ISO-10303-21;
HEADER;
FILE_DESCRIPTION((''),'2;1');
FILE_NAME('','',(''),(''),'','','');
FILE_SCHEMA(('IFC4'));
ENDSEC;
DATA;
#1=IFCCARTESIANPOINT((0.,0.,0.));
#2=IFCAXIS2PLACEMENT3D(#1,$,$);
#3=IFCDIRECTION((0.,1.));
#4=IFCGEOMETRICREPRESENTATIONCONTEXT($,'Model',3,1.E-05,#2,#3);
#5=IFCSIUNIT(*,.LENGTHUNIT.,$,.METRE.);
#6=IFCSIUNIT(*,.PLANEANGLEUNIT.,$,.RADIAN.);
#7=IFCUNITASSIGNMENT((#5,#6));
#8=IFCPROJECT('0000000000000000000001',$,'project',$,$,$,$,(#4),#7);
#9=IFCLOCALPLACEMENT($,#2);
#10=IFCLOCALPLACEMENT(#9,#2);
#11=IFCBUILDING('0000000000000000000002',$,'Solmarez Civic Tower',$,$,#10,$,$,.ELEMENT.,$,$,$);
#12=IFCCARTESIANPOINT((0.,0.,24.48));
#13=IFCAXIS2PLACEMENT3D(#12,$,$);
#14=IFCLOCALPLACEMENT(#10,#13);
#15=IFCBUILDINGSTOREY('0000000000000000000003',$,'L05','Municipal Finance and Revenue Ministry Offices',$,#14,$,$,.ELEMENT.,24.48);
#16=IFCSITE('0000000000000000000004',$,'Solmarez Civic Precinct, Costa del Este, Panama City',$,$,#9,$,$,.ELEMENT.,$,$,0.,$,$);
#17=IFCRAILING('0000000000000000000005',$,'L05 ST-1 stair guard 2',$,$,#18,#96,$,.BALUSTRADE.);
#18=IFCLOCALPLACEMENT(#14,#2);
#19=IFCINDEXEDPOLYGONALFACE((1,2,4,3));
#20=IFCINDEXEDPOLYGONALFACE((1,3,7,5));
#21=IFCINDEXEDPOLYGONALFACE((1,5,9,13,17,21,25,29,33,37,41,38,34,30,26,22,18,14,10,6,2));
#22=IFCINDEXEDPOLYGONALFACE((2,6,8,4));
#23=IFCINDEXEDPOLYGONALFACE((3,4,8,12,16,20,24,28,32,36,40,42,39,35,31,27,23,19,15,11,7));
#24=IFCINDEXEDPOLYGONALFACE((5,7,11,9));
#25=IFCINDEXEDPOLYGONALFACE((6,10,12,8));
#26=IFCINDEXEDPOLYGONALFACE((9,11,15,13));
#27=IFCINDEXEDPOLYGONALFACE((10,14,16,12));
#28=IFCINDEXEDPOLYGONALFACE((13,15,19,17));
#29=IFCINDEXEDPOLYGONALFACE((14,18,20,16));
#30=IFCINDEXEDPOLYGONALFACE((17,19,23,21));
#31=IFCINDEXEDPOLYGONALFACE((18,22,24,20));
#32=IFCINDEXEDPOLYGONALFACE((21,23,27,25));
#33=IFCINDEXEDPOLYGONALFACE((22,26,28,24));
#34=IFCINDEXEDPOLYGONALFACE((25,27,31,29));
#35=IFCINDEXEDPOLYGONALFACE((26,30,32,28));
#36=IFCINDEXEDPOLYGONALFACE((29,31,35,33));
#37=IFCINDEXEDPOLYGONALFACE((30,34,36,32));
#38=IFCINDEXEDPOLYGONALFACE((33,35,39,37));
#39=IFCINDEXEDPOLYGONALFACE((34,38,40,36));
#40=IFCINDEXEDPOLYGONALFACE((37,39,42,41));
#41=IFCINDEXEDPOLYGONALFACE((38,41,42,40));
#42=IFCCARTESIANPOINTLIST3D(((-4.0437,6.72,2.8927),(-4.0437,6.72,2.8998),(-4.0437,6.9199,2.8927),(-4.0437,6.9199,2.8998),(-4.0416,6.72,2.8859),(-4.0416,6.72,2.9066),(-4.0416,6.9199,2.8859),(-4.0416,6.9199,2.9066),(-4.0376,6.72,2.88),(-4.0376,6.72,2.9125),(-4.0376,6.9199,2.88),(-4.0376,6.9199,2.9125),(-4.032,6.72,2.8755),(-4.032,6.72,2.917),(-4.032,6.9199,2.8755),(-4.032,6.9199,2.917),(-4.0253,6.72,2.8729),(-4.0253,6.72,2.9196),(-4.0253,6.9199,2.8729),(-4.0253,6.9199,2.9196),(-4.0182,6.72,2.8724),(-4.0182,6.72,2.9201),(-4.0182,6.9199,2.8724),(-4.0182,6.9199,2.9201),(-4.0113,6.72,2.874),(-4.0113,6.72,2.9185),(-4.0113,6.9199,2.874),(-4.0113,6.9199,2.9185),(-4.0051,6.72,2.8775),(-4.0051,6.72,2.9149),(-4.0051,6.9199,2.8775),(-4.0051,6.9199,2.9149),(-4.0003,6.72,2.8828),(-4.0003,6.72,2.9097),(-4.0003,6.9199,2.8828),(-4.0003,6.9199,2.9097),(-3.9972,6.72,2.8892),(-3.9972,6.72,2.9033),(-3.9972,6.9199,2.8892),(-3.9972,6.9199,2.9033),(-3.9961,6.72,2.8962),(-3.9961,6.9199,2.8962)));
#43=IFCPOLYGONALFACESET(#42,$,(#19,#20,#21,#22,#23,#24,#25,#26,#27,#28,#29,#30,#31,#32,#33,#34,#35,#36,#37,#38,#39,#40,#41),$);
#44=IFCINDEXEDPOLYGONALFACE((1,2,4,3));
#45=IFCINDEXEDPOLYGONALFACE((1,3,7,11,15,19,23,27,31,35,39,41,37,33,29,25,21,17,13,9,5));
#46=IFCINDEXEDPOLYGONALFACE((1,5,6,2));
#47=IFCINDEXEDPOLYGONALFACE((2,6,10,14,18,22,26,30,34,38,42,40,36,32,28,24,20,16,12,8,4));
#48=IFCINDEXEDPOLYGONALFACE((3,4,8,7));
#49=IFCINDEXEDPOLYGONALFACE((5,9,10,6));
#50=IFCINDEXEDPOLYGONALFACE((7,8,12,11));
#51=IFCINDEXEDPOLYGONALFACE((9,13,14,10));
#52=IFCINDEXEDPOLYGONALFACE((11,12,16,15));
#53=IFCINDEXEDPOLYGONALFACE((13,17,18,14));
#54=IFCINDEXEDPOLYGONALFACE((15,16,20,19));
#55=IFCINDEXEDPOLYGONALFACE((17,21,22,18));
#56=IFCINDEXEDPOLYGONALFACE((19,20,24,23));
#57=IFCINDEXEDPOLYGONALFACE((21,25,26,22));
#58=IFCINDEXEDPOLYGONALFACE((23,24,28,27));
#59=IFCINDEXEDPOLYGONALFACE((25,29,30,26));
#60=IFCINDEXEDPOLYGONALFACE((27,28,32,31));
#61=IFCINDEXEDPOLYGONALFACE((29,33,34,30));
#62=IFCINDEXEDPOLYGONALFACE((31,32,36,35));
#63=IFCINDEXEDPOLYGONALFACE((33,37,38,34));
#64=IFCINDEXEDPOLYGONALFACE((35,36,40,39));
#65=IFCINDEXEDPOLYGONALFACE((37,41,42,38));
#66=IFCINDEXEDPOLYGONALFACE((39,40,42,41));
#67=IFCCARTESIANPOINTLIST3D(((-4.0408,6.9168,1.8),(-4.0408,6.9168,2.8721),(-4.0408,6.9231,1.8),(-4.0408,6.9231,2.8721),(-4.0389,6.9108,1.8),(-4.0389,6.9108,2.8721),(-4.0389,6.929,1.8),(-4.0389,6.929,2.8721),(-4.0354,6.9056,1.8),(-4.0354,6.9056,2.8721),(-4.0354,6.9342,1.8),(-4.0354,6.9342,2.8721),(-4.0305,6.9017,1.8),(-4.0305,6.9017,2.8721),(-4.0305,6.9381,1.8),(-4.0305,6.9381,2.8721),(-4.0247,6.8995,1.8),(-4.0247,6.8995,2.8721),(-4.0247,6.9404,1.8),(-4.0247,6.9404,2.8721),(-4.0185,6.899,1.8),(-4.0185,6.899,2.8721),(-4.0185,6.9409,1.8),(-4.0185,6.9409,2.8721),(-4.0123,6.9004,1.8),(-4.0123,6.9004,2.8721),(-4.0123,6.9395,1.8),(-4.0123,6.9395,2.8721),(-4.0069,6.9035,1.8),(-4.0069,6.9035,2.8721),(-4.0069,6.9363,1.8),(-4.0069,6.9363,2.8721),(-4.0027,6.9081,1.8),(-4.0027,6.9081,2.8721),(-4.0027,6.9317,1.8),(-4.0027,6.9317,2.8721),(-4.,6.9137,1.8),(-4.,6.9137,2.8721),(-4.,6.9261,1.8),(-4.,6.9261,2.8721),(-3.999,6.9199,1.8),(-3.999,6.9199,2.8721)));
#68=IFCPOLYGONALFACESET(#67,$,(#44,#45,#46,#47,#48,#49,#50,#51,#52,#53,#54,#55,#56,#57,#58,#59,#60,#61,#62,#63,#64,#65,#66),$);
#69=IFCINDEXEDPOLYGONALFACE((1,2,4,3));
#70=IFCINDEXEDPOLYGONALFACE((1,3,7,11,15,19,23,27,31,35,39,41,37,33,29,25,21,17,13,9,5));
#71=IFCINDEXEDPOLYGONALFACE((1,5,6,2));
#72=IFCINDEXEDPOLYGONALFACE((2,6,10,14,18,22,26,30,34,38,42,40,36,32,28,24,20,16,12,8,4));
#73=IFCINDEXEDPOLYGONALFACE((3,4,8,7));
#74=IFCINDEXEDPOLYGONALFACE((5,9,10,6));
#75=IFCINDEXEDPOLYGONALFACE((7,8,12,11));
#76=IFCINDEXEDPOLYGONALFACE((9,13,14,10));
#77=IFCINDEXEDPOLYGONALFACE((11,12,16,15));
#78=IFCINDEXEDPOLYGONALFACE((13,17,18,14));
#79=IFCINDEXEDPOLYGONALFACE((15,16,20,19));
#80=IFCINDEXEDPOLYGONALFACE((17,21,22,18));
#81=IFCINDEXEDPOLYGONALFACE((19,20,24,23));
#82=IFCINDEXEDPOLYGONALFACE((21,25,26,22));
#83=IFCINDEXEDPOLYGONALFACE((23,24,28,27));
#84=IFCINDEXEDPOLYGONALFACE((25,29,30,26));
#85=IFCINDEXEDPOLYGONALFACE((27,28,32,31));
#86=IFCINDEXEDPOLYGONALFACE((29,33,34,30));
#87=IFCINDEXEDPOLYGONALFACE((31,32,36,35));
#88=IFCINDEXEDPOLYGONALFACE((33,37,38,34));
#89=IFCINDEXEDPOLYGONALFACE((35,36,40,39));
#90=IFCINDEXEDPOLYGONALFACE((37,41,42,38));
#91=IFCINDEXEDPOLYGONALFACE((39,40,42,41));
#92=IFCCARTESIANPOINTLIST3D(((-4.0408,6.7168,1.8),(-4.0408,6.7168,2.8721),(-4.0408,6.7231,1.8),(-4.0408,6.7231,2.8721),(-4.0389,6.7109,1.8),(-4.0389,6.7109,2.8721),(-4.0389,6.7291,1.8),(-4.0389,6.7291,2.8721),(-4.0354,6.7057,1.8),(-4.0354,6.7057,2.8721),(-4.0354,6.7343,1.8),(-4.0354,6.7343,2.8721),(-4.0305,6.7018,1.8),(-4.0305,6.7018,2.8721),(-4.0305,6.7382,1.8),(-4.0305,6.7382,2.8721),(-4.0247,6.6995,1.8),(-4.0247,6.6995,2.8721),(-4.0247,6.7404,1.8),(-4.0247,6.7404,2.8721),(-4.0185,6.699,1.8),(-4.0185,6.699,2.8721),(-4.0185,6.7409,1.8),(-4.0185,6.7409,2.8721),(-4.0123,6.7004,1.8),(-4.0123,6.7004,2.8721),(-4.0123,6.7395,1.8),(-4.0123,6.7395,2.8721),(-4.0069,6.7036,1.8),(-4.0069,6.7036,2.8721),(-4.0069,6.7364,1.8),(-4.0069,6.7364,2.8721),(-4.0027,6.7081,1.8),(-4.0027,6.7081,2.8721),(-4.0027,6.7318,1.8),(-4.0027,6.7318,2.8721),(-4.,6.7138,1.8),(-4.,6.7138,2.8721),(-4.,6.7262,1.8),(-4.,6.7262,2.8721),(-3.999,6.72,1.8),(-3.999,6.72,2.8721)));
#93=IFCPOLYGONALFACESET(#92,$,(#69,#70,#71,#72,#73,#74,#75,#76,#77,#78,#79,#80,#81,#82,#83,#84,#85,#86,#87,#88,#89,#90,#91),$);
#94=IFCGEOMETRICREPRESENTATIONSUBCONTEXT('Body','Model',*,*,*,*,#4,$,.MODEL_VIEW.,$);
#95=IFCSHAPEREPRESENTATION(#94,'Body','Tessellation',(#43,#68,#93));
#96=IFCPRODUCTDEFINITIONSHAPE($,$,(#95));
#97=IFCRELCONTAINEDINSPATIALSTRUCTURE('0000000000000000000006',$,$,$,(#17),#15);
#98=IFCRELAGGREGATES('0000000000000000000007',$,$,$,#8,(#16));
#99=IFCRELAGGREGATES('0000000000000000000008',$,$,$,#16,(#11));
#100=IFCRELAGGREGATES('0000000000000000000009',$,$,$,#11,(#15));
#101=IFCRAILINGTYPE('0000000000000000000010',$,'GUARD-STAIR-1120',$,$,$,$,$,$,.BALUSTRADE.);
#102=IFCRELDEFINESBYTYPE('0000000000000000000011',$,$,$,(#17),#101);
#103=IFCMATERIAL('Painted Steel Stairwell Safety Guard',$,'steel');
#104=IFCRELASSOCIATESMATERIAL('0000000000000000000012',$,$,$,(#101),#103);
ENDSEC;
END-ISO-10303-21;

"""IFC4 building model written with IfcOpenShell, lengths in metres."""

from ifc_helpers import new_model, si_unit, direction, frame, origin, origin_2d, place, context, subcontext, project, spatial, circle, extrude, material, type_object, element, save


model = new_model("IFC4")

# Units and contexts
model_context = context("Model", 3, precision=1e-05, world=origin(), true_north=direction((0.0, 1.0)))
body_context = subcontext(model_context, "Body", "Model", "MODEL_VIEW")
ifc_project = project(units=[si_unit("LENGTHUNIT", "METRE"), si_unit("PLANEANGLEUNIT", "RADIAN")], contexts=[model_context])

# Site, building, storey
site_placement = place(None, origin())
site = spatial("IfcSite", under=ifc_project, at=site_placement, Name="Solmarez Civic Precinct, Costa del Este, Panama City", CompositionType="ELEMENT", RefElevation=0.0)
building_placement = place(site_placement, origin())
building = spatial("IfcBuilding", under=site, at=building_placement, Name="Solmarez Civic Tower", CompositionType="ELEMENT")
storey_placement = place(building_placement, frame((0.0, 0.0, 24.48)))
storey = spatial("IfcBuildingStorey", under=building, at=storey_placement, Name="L05", Description="Municipal Finance and Revenue Ministry Offices", CompositionType="ELEMENT", Elevation=24.48)

# Railing
ifc_material_1 = material(Name="Painted Steel Stairwell Safety Guard", Category="steel")
railing_type_1 = type_object("IfcRailingType", Name="GUARD-STAIR-1120", PredefinedType="BALUSTRADE", material=ifc_material_1)
railing_1_placement = place(storey_placement, frame((-4.02, 6.9199, 1.8)))
element("IfcRailing", 1, at=railing_1_placement, inside=storey, type_object=railing_type_1, Name="L05 ST-1 stair guard 2", PredefinedType="BALUSTRADE", context=body_context, shape_type="SweptSolid", body=[
    extrude(circle(Radius=0.0239, at=origin_2d()), frame((0.0, 0.0, 1.0962), z_axis=(0.0, -1.0, 0.0), x_axis=(1.0, 0.0, 0.0)), (0.0, 0.0, 1.0), 0.2),
    extrude(circle(Radius=0.021, at=origin_2d()), origin(), (0.0, 0.0, 1.0), 1.072),
    extrude(circle(Radius=0.021, at=origin_2d()), frame((0.0, -0.2, 0.0)), (0.0, 0.0, 1.0), 1.072),
])

save(model, "model.ifc")
